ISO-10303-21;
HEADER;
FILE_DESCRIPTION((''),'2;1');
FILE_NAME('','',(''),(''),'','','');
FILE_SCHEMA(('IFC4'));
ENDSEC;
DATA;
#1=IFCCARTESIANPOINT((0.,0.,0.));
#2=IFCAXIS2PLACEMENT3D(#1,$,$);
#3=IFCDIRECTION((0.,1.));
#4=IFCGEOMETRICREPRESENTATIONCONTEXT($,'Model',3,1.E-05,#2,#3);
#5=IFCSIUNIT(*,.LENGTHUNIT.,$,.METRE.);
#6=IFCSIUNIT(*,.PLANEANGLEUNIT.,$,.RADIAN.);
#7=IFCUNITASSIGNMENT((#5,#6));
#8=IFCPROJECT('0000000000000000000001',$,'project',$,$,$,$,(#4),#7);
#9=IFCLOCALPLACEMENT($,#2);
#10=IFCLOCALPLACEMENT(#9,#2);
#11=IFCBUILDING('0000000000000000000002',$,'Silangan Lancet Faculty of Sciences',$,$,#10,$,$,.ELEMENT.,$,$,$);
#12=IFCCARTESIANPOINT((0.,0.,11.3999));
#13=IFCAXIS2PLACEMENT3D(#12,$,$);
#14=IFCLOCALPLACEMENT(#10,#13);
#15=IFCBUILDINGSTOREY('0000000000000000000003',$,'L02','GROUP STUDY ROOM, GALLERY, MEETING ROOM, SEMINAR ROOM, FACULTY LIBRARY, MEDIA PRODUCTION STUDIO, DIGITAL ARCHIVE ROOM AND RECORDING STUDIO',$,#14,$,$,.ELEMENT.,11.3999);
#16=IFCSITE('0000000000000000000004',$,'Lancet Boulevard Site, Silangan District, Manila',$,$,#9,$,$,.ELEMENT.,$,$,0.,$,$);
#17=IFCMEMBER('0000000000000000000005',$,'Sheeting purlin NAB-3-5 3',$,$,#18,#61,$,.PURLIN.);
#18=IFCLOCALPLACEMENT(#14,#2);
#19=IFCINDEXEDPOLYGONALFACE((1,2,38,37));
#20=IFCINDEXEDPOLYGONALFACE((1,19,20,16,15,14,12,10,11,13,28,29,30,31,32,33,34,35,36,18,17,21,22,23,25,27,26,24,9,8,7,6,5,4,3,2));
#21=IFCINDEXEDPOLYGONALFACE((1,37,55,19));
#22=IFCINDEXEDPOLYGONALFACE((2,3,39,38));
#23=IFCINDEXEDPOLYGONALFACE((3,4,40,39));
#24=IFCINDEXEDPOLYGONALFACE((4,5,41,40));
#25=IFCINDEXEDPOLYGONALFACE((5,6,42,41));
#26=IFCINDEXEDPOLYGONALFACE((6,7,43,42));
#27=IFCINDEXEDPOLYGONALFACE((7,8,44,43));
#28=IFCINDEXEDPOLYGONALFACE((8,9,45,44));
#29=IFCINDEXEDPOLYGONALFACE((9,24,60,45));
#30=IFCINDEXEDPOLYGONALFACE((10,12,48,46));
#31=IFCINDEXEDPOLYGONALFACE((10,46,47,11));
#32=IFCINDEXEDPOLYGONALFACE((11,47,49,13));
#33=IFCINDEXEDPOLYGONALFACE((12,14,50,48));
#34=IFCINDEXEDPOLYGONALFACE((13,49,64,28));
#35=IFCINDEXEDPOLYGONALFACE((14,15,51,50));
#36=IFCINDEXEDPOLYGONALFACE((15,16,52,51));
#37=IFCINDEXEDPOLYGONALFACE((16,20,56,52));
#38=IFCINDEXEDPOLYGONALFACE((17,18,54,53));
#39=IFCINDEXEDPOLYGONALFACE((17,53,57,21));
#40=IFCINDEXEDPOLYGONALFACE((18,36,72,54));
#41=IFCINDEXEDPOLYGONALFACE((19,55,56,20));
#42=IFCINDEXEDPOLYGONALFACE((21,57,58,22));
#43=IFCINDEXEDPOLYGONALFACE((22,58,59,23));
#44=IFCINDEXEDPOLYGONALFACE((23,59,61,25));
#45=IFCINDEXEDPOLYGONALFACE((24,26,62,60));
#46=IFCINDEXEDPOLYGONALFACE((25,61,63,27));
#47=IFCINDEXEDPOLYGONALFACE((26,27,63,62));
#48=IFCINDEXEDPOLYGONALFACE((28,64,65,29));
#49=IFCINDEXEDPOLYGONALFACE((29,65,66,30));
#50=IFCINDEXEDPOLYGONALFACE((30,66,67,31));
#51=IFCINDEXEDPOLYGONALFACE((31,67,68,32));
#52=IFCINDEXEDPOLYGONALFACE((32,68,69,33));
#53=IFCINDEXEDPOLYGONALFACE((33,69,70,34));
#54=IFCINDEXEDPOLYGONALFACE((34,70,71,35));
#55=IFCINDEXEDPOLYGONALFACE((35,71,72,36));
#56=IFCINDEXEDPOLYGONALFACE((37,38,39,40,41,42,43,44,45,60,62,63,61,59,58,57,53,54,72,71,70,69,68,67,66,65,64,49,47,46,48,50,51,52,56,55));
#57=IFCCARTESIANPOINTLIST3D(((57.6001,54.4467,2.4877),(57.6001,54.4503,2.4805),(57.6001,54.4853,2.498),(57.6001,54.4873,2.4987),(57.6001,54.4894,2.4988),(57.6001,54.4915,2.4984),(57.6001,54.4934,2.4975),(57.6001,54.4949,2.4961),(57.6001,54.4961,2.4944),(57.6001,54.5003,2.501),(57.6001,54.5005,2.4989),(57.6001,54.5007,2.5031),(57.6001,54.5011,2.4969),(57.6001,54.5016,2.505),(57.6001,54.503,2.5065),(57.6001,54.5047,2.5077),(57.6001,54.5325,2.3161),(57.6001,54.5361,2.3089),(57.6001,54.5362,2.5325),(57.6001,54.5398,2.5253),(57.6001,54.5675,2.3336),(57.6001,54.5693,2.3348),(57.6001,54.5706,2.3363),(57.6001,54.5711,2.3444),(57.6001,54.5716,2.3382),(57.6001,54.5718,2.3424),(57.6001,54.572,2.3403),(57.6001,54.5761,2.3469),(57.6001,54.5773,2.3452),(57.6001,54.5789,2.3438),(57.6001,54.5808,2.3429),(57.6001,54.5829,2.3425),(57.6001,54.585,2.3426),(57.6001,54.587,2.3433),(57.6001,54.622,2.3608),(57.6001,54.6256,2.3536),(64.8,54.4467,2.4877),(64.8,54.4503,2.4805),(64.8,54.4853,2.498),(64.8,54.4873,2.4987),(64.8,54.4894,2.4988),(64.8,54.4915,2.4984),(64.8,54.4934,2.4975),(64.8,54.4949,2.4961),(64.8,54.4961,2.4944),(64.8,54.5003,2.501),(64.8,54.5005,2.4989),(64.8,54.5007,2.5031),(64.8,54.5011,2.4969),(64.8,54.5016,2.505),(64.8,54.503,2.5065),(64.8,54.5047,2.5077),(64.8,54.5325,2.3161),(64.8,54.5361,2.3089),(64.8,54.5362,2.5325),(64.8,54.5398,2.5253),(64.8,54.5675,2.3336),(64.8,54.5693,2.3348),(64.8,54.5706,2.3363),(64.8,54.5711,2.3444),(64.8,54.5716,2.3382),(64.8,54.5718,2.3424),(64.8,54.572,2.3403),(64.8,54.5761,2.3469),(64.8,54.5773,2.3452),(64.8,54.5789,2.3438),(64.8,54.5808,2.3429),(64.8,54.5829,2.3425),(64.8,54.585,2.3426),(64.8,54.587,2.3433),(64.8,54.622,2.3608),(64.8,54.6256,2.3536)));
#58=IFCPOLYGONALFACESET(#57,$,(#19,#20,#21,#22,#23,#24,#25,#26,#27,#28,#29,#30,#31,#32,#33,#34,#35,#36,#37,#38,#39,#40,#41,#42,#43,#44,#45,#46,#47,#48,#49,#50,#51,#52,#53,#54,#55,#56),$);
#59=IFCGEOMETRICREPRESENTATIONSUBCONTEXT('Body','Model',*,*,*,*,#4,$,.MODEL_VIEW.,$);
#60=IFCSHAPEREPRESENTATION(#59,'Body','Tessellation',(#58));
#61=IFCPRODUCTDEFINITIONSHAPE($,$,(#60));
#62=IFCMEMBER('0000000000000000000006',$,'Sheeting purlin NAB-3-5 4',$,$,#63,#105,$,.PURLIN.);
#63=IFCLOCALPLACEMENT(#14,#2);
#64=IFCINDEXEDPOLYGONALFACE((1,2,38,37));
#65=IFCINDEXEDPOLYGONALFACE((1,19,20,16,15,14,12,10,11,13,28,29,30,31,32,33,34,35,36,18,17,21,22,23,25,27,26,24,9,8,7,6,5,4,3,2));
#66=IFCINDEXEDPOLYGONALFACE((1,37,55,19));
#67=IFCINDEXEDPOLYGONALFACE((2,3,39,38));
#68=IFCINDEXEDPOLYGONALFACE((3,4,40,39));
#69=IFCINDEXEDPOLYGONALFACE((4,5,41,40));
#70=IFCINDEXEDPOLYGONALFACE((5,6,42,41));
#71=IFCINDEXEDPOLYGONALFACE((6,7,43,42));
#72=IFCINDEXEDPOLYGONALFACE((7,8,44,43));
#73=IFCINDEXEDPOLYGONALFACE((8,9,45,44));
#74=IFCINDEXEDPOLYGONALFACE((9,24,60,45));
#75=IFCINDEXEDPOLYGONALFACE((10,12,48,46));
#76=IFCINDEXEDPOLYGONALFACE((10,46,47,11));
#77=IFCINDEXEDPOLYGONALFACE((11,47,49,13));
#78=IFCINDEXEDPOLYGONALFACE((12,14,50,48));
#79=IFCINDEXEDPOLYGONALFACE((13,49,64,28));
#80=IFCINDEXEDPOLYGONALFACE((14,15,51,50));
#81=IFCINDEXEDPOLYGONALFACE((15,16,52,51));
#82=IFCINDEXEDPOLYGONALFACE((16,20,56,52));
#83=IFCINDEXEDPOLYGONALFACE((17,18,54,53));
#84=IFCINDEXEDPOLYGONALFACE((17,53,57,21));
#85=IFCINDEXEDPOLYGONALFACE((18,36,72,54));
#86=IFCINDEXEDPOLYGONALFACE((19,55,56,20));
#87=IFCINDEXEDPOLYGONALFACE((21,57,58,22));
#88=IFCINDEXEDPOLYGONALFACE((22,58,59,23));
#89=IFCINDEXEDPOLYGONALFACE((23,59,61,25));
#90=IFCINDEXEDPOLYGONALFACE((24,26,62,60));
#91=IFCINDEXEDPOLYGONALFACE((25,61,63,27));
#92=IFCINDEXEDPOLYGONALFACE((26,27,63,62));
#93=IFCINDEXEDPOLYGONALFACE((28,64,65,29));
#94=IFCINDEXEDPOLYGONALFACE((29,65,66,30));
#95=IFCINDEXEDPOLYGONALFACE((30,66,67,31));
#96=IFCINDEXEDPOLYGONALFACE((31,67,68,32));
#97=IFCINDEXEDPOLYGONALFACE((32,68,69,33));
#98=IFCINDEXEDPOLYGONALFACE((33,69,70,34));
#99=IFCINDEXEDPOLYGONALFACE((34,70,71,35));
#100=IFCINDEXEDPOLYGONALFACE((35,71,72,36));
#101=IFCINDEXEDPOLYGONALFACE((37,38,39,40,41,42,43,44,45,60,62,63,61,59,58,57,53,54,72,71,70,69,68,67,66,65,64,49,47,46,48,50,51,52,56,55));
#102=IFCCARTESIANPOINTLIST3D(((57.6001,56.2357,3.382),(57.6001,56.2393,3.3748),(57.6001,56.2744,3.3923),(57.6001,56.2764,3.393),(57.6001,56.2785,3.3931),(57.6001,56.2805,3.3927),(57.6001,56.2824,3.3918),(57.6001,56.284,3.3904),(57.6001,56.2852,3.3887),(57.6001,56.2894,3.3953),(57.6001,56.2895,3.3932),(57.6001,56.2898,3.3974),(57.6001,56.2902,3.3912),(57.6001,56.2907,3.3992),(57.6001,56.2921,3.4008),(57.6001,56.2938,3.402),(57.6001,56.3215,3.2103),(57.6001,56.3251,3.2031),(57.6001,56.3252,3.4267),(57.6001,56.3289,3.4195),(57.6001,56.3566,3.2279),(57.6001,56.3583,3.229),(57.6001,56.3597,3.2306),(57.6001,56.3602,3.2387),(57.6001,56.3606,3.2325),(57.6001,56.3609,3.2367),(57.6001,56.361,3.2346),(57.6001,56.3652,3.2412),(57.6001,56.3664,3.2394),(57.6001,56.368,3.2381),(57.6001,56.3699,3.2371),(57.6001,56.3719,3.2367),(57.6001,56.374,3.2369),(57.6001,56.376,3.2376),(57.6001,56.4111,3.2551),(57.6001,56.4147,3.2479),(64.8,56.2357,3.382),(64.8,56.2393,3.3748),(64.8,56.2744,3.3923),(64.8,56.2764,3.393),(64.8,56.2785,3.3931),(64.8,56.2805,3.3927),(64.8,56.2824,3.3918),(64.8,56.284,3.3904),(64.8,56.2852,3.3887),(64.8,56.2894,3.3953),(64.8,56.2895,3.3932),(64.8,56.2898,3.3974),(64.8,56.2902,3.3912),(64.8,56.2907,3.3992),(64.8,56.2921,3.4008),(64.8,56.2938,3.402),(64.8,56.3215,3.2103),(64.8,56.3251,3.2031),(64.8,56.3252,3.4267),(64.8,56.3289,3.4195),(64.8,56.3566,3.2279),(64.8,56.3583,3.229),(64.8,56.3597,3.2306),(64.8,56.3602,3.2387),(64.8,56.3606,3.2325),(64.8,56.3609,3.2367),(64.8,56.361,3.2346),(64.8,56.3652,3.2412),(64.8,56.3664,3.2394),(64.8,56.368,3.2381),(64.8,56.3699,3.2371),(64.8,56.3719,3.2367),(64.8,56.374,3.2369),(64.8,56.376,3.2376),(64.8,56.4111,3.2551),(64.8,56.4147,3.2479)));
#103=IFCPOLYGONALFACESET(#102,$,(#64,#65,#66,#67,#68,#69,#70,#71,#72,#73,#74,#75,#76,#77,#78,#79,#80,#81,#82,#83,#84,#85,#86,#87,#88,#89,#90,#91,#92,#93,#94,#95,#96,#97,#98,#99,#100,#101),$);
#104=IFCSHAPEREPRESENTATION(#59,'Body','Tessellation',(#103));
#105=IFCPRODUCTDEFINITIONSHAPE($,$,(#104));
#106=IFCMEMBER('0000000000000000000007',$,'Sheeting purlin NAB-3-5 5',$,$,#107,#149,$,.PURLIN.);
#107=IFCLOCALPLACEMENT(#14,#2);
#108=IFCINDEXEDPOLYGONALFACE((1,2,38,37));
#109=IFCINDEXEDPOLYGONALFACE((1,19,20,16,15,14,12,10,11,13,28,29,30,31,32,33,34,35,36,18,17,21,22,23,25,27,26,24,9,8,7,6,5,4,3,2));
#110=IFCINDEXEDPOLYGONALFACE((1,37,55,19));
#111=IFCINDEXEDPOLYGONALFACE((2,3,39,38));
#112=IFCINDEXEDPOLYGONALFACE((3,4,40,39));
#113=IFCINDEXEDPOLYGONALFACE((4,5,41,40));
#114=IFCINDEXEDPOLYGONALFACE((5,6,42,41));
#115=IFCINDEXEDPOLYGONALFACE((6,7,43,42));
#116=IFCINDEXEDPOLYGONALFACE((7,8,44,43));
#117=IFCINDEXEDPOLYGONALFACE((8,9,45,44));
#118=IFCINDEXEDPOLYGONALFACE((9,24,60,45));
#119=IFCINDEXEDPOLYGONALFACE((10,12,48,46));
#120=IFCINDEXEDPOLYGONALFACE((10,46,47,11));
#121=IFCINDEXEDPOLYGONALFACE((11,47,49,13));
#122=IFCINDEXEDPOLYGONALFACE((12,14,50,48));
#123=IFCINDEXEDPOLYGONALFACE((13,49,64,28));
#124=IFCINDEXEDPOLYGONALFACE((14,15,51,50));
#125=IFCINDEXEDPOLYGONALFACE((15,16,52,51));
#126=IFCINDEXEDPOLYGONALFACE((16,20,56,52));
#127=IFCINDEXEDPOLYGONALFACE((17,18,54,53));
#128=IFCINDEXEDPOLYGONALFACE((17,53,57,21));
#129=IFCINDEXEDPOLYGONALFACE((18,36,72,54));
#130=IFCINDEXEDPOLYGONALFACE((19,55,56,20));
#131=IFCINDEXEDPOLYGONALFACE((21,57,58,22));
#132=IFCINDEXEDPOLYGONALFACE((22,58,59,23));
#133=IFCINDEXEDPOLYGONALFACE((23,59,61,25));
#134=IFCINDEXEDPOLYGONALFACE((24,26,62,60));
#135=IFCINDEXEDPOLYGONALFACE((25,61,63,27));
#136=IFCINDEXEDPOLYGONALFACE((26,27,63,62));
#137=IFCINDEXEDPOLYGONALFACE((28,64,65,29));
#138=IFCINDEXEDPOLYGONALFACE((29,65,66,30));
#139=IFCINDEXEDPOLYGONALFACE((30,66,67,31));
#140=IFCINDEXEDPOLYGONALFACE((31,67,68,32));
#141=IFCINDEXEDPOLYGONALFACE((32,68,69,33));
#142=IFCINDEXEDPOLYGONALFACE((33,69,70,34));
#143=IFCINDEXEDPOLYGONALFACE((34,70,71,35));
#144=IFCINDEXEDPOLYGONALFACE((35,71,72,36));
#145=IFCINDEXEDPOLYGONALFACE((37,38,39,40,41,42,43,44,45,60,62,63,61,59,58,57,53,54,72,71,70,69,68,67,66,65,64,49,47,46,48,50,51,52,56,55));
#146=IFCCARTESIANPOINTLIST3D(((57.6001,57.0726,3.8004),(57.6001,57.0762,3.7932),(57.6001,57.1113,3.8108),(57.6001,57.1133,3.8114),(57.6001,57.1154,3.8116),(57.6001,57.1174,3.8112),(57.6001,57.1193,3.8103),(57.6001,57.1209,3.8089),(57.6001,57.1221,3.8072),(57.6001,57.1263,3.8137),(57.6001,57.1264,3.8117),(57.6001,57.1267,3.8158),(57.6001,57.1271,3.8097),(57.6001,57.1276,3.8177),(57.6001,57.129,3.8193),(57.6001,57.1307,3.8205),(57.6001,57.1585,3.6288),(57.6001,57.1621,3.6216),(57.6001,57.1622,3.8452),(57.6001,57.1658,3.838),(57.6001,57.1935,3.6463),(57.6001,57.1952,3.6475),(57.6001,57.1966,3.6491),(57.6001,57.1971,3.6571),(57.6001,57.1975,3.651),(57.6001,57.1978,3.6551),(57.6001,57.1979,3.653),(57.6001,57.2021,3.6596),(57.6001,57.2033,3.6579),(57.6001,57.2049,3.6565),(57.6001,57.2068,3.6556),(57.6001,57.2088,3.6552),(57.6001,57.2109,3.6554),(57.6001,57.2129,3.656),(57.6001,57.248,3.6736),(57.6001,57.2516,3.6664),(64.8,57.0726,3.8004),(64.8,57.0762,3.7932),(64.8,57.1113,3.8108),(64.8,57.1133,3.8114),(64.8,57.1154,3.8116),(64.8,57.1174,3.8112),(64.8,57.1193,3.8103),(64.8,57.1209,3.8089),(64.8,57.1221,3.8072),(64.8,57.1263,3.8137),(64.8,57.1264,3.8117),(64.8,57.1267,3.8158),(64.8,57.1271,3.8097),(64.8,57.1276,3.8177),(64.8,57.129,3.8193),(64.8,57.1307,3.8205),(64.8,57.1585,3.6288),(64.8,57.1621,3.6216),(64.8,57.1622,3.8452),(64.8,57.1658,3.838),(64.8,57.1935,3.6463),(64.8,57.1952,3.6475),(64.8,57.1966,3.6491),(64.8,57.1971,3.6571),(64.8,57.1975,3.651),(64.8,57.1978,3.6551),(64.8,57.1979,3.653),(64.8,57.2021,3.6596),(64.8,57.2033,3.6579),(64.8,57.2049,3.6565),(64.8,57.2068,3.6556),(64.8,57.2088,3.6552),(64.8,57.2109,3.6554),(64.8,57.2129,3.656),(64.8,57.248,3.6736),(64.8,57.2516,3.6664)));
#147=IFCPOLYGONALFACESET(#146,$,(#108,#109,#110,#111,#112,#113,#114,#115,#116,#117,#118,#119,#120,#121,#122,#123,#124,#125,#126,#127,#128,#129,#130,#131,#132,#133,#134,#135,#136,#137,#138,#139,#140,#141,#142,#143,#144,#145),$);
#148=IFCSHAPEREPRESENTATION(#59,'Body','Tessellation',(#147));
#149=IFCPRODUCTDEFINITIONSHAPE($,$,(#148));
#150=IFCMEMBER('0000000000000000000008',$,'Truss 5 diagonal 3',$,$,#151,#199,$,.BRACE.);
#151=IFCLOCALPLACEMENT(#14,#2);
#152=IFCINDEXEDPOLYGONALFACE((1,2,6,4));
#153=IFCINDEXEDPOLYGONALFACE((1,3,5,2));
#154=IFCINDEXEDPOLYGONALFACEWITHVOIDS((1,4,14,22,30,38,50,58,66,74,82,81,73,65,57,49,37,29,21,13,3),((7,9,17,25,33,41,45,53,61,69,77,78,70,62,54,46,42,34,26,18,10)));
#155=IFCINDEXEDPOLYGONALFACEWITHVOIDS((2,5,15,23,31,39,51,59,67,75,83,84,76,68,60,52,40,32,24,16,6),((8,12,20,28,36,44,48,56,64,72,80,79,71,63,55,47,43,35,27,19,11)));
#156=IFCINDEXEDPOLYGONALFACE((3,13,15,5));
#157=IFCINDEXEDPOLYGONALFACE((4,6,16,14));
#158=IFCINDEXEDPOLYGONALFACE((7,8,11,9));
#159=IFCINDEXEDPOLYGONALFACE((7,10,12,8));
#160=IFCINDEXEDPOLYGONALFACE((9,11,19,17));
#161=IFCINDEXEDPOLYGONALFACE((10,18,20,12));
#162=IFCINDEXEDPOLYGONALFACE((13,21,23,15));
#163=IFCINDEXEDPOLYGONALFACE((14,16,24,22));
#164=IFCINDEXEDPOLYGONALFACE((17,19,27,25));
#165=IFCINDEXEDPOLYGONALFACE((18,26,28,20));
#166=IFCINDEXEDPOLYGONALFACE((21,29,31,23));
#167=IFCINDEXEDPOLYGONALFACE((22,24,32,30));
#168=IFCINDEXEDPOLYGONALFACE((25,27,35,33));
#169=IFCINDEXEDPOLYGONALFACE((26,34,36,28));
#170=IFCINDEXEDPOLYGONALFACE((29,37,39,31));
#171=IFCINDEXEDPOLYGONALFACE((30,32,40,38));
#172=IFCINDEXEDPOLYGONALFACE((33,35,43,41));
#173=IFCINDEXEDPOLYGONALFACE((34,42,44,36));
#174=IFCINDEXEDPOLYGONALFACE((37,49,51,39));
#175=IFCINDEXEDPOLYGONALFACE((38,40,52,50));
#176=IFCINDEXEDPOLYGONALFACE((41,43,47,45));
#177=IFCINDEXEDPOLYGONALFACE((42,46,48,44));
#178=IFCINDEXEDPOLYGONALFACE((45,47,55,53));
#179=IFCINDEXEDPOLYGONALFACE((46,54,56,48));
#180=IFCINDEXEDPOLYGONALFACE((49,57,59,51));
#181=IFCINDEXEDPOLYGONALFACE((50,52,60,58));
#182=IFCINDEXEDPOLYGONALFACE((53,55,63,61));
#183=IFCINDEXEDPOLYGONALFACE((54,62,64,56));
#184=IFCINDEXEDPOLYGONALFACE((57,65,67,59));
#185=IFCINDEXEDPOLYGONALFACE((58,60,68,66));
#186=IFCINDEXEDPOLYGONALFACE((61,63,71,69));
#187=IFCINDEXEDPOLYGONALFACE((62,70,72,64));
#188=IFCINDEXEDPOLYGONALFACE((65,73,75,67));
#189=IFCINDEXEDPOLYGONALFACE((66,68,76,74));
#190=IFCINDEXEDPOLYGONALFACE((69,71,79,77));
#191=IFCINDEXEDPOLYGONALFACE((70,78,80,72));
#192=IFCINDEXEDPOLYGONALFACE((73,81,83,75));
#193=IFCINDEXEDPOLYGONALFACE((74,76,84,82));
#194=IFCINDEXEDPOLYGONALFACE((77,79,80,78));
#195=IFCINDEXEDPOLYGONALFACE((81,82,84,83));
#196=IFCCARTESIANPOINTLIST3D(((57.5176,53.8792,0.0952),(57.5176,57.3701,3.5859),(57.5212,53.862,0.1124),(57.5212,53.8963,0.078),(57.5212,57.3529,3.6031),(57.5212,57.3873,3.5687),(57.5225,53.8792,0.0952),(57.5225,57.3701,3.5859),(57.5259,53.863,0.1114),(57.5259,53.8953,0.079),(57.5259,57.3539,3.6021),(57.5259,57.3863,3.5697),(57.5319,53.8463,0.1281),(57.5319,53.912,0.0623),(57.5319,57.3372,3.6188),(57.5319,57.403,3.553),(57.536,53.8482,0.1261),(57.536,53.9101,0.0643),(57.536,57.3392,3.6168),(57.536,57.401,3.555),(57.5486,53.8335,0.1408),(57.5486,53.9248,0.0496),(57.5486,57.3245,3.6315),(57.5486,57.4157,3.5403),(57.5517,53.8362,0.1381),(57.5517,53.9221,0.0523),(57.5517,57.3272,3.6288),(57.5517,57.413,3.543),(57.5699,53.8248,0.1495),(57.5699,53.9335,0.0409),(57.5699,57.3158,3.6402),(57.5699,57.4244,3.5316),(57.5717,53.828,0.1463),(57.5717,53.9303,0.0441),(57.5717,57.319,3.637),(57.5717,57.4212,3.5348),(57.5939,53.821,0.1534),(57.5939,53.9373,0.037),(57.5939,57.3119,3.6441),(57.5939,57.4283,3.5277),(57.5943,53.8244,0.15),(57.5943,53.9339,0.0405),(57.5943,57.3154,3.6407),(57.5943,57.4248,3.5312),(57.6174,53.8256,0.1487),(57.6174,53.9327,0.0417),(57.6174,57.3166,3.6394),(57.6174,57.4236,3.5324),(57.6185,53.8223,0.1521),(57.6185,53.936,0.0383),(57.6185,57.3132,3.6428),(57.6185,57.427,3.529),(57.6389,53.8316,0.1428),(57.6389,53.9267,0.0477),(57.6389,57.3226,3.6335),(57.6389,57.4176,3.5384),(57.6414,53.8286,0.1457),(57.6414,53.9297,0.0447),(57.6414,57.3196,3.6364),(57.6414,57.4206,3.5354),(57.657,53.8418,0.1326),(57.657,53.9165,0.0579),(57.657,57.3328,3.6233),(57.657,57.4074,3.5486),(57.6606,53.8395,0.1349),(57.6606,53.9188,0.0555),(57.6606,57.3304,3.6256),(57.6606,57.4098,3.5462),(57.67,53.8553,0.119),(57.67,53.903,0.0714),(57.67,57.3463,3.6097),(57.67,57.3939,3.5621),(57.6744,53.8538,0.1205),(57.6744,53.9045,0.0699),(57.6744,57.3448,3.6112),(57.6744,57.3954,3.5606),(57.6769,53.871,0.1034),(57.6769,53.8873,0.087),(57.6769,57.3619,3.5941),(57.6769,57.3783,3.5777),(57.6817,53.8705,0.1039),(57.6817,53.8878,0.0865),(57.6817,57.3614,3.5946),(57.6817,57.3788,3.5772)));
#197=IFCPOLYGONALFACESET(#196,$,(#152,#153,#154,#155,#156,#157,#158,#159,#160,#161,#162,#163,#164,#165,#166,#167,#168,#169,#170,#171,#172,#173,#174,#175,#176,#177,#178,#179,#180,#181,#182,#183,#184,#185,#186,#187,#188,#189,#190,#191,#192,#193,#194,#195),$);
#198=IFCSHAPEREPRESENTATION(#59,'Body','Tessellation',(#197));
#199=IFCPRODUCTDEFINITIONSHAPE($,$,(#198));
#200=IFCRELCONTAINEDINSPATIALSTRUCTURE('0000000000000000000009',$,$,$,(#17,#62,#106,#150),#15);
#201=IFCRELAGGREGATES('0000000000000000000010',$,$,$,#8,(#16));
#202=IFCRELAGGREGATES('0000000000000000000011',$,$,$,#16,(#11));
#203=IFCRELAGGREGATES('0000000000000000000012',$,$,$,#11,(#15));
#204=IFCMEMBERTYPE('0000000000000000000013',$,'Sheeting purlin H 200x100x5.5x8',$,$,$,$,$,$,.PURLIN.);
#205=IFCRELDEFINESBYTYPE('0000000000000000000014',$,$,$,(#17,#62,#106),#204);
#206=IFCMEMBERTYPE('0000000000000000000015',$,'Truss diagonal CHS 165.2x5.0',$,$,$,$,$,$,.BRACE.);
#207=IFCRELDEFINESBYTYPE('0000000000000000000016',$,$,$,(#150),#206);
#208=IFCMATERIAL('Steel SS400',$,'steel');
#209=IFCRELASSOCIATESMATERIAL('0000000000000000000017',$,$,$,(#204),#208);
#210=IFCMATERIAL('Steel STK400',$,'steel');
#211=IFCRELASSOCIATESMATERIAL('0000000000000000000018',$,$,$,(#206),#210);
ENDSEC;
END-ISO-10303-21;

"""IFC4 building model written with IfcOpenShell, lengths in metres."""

from ifc_helpers import new_model, si_unit, direction, frame, origin, origin_2d, place, context, subcontext, project, spatial, hollow_circle, i_section, extrude, material, material_profile, profile_set, type_object, element, save


model = new_model("IFC4")

# Units and contexts
model_context = context("Model", 3, precision=1e-05, world=origin(), true_north=direction((0.0, 1.0)))
body_context = subcontext(model_context, "Body", "Model", "MODEL_VIEW")
ifc_project = project(units=[si_unit("LENGTHUNIT", "METRE"), si_unit("PLANEANGLEUNIT", "RADIAN")], contexts=[model_context])

# Site, building, storey
site_placement = place(None, origin())
site = spatial("IfcSite", under=ifc_project, at=site_placement, Name="Lancet Boulevard Site, Silangan District, Manila", CompositionType="ELEMENT", RefElevation=0.0)
building_placement = place(site_placement, origin())
building = spatial("IfcBuilding", under=site, at=building_placement, Name="Silangan Lancet Faculty of Sciences", CompositionType="ELEMENT")
storey_placement = place(building_placement, frame((0.0, 0.0, 11.3999)))
storey = spatial("IfcBuildingStorey", under=building, at=storey_placement, Name="L02", Description="GROUP STUDY ROOM, GALLERY, MEETING ROOM, SEMINAR ROOM, FACULTY LIBRARY, MEDIA PRODUCTION STUDIO, DIGITAL ARCHIVE ROOM AND RECORDING STUDIO", CompositionType="ELEMENT", Elevation=11.3999)

# Members
ifc_material_1 = material(Name="Steel SS400", Category="steel")
ifc_material_profile_1 = material_profile(ifc_material_1, i_section(OverallWidth=0.1001, OverallDepth=0.2, WebThickness=0.0056, FlangeThickness=0.0081, FilletRadius=0.0081, at=origin_2d()), Name="H 200x100x5.5x8")
ifc_profile_set_1 = profile_set([ifc_material_profile_1], Name="Steel SS400")
member_type_1 = type_object("IfcMemberType", Name="Sheeting purlin H 200x100x5.5x8", PredefinedType="PURLIN", material=ifc_profile_set_1)
for number, where, z_axis, x_axis, name in (
    (1, (57.6001, 54.5361, 2.4207), (1.0, 0.0, 0.0), (0.0, 0.894427, 0.447214), "Sheeting purlin NAB-3-5 3"),
    (2, (57.6001, 56.3252, 3.3149), (1.0, 0.0, 0.0), (0.0, 0.894427, 0.447214), "Sheeting purlin NAB-3-5 4"),
    (3, (57.6001, 57.1621, 3.7334), (1.0, 0.0, 0.0), (0.0, 0.894427, 0.447214), "Sheeting purlin NAB-3-5 5"),
):
    element("IfcMember", number, at=place(storey_placement, frame(where, z_axis=z_axis, x_axis=x_axis)), inside=storey, type_object=member_type_1, Name=name, PredefinedType="PURLIN", context=body_context, shape_type="SweptSolid", body=[
        extrude(i_section(OverallWidth=0.1001, OverallDepth=0.2, WebThickness=0.0056, FlangeThickness=0.0081, FilletRadius=0.0081, at=origin_2d()), origin(), (0.0, 0.0, 1.0), 7.2),
    ])
ifc_material_2 = material(Name="Steel STK400", Category="steel")
ifc_material_profile_2 = material_profile(ifc_material_2, hollow_circle(Radius=0.0825, WallThickness=0.0049, at=origin_2d()), Name="CHS 165.2x5.0")
ifc_profile_set_2 = profile_set([ifc_material_profile_2], Name="Steel STK400")
member_type_2 = type_object("IfcMemberType", Name="Truss diagonal CHS 165.2x5.0", PredefinedType="BRACE", material=ifc_profile_set_2)
member_1_placement = place(storey_placement, frame((57.6001, 53.8792, 0.0952), z_axis=(0.0, 0.707132, 0.707082), x_axis=(-1.0, 0.0, 0.0)))
element("IfcMember", 4, at=member_1_placement, inside=storey, type_object=member_type_2, Name="Truss 5 diagonal 3", PredefinedType="BRACE", context=body_context, shape_type="SweptSolid", body=[
    extrude(hollow_circle(Radius=0.0825, WallThickness=0.0049, at=origin_2d()), origin(), (0.0, 0.0, 1.0), 4.9368),
])

save(model, "model.ifc")
